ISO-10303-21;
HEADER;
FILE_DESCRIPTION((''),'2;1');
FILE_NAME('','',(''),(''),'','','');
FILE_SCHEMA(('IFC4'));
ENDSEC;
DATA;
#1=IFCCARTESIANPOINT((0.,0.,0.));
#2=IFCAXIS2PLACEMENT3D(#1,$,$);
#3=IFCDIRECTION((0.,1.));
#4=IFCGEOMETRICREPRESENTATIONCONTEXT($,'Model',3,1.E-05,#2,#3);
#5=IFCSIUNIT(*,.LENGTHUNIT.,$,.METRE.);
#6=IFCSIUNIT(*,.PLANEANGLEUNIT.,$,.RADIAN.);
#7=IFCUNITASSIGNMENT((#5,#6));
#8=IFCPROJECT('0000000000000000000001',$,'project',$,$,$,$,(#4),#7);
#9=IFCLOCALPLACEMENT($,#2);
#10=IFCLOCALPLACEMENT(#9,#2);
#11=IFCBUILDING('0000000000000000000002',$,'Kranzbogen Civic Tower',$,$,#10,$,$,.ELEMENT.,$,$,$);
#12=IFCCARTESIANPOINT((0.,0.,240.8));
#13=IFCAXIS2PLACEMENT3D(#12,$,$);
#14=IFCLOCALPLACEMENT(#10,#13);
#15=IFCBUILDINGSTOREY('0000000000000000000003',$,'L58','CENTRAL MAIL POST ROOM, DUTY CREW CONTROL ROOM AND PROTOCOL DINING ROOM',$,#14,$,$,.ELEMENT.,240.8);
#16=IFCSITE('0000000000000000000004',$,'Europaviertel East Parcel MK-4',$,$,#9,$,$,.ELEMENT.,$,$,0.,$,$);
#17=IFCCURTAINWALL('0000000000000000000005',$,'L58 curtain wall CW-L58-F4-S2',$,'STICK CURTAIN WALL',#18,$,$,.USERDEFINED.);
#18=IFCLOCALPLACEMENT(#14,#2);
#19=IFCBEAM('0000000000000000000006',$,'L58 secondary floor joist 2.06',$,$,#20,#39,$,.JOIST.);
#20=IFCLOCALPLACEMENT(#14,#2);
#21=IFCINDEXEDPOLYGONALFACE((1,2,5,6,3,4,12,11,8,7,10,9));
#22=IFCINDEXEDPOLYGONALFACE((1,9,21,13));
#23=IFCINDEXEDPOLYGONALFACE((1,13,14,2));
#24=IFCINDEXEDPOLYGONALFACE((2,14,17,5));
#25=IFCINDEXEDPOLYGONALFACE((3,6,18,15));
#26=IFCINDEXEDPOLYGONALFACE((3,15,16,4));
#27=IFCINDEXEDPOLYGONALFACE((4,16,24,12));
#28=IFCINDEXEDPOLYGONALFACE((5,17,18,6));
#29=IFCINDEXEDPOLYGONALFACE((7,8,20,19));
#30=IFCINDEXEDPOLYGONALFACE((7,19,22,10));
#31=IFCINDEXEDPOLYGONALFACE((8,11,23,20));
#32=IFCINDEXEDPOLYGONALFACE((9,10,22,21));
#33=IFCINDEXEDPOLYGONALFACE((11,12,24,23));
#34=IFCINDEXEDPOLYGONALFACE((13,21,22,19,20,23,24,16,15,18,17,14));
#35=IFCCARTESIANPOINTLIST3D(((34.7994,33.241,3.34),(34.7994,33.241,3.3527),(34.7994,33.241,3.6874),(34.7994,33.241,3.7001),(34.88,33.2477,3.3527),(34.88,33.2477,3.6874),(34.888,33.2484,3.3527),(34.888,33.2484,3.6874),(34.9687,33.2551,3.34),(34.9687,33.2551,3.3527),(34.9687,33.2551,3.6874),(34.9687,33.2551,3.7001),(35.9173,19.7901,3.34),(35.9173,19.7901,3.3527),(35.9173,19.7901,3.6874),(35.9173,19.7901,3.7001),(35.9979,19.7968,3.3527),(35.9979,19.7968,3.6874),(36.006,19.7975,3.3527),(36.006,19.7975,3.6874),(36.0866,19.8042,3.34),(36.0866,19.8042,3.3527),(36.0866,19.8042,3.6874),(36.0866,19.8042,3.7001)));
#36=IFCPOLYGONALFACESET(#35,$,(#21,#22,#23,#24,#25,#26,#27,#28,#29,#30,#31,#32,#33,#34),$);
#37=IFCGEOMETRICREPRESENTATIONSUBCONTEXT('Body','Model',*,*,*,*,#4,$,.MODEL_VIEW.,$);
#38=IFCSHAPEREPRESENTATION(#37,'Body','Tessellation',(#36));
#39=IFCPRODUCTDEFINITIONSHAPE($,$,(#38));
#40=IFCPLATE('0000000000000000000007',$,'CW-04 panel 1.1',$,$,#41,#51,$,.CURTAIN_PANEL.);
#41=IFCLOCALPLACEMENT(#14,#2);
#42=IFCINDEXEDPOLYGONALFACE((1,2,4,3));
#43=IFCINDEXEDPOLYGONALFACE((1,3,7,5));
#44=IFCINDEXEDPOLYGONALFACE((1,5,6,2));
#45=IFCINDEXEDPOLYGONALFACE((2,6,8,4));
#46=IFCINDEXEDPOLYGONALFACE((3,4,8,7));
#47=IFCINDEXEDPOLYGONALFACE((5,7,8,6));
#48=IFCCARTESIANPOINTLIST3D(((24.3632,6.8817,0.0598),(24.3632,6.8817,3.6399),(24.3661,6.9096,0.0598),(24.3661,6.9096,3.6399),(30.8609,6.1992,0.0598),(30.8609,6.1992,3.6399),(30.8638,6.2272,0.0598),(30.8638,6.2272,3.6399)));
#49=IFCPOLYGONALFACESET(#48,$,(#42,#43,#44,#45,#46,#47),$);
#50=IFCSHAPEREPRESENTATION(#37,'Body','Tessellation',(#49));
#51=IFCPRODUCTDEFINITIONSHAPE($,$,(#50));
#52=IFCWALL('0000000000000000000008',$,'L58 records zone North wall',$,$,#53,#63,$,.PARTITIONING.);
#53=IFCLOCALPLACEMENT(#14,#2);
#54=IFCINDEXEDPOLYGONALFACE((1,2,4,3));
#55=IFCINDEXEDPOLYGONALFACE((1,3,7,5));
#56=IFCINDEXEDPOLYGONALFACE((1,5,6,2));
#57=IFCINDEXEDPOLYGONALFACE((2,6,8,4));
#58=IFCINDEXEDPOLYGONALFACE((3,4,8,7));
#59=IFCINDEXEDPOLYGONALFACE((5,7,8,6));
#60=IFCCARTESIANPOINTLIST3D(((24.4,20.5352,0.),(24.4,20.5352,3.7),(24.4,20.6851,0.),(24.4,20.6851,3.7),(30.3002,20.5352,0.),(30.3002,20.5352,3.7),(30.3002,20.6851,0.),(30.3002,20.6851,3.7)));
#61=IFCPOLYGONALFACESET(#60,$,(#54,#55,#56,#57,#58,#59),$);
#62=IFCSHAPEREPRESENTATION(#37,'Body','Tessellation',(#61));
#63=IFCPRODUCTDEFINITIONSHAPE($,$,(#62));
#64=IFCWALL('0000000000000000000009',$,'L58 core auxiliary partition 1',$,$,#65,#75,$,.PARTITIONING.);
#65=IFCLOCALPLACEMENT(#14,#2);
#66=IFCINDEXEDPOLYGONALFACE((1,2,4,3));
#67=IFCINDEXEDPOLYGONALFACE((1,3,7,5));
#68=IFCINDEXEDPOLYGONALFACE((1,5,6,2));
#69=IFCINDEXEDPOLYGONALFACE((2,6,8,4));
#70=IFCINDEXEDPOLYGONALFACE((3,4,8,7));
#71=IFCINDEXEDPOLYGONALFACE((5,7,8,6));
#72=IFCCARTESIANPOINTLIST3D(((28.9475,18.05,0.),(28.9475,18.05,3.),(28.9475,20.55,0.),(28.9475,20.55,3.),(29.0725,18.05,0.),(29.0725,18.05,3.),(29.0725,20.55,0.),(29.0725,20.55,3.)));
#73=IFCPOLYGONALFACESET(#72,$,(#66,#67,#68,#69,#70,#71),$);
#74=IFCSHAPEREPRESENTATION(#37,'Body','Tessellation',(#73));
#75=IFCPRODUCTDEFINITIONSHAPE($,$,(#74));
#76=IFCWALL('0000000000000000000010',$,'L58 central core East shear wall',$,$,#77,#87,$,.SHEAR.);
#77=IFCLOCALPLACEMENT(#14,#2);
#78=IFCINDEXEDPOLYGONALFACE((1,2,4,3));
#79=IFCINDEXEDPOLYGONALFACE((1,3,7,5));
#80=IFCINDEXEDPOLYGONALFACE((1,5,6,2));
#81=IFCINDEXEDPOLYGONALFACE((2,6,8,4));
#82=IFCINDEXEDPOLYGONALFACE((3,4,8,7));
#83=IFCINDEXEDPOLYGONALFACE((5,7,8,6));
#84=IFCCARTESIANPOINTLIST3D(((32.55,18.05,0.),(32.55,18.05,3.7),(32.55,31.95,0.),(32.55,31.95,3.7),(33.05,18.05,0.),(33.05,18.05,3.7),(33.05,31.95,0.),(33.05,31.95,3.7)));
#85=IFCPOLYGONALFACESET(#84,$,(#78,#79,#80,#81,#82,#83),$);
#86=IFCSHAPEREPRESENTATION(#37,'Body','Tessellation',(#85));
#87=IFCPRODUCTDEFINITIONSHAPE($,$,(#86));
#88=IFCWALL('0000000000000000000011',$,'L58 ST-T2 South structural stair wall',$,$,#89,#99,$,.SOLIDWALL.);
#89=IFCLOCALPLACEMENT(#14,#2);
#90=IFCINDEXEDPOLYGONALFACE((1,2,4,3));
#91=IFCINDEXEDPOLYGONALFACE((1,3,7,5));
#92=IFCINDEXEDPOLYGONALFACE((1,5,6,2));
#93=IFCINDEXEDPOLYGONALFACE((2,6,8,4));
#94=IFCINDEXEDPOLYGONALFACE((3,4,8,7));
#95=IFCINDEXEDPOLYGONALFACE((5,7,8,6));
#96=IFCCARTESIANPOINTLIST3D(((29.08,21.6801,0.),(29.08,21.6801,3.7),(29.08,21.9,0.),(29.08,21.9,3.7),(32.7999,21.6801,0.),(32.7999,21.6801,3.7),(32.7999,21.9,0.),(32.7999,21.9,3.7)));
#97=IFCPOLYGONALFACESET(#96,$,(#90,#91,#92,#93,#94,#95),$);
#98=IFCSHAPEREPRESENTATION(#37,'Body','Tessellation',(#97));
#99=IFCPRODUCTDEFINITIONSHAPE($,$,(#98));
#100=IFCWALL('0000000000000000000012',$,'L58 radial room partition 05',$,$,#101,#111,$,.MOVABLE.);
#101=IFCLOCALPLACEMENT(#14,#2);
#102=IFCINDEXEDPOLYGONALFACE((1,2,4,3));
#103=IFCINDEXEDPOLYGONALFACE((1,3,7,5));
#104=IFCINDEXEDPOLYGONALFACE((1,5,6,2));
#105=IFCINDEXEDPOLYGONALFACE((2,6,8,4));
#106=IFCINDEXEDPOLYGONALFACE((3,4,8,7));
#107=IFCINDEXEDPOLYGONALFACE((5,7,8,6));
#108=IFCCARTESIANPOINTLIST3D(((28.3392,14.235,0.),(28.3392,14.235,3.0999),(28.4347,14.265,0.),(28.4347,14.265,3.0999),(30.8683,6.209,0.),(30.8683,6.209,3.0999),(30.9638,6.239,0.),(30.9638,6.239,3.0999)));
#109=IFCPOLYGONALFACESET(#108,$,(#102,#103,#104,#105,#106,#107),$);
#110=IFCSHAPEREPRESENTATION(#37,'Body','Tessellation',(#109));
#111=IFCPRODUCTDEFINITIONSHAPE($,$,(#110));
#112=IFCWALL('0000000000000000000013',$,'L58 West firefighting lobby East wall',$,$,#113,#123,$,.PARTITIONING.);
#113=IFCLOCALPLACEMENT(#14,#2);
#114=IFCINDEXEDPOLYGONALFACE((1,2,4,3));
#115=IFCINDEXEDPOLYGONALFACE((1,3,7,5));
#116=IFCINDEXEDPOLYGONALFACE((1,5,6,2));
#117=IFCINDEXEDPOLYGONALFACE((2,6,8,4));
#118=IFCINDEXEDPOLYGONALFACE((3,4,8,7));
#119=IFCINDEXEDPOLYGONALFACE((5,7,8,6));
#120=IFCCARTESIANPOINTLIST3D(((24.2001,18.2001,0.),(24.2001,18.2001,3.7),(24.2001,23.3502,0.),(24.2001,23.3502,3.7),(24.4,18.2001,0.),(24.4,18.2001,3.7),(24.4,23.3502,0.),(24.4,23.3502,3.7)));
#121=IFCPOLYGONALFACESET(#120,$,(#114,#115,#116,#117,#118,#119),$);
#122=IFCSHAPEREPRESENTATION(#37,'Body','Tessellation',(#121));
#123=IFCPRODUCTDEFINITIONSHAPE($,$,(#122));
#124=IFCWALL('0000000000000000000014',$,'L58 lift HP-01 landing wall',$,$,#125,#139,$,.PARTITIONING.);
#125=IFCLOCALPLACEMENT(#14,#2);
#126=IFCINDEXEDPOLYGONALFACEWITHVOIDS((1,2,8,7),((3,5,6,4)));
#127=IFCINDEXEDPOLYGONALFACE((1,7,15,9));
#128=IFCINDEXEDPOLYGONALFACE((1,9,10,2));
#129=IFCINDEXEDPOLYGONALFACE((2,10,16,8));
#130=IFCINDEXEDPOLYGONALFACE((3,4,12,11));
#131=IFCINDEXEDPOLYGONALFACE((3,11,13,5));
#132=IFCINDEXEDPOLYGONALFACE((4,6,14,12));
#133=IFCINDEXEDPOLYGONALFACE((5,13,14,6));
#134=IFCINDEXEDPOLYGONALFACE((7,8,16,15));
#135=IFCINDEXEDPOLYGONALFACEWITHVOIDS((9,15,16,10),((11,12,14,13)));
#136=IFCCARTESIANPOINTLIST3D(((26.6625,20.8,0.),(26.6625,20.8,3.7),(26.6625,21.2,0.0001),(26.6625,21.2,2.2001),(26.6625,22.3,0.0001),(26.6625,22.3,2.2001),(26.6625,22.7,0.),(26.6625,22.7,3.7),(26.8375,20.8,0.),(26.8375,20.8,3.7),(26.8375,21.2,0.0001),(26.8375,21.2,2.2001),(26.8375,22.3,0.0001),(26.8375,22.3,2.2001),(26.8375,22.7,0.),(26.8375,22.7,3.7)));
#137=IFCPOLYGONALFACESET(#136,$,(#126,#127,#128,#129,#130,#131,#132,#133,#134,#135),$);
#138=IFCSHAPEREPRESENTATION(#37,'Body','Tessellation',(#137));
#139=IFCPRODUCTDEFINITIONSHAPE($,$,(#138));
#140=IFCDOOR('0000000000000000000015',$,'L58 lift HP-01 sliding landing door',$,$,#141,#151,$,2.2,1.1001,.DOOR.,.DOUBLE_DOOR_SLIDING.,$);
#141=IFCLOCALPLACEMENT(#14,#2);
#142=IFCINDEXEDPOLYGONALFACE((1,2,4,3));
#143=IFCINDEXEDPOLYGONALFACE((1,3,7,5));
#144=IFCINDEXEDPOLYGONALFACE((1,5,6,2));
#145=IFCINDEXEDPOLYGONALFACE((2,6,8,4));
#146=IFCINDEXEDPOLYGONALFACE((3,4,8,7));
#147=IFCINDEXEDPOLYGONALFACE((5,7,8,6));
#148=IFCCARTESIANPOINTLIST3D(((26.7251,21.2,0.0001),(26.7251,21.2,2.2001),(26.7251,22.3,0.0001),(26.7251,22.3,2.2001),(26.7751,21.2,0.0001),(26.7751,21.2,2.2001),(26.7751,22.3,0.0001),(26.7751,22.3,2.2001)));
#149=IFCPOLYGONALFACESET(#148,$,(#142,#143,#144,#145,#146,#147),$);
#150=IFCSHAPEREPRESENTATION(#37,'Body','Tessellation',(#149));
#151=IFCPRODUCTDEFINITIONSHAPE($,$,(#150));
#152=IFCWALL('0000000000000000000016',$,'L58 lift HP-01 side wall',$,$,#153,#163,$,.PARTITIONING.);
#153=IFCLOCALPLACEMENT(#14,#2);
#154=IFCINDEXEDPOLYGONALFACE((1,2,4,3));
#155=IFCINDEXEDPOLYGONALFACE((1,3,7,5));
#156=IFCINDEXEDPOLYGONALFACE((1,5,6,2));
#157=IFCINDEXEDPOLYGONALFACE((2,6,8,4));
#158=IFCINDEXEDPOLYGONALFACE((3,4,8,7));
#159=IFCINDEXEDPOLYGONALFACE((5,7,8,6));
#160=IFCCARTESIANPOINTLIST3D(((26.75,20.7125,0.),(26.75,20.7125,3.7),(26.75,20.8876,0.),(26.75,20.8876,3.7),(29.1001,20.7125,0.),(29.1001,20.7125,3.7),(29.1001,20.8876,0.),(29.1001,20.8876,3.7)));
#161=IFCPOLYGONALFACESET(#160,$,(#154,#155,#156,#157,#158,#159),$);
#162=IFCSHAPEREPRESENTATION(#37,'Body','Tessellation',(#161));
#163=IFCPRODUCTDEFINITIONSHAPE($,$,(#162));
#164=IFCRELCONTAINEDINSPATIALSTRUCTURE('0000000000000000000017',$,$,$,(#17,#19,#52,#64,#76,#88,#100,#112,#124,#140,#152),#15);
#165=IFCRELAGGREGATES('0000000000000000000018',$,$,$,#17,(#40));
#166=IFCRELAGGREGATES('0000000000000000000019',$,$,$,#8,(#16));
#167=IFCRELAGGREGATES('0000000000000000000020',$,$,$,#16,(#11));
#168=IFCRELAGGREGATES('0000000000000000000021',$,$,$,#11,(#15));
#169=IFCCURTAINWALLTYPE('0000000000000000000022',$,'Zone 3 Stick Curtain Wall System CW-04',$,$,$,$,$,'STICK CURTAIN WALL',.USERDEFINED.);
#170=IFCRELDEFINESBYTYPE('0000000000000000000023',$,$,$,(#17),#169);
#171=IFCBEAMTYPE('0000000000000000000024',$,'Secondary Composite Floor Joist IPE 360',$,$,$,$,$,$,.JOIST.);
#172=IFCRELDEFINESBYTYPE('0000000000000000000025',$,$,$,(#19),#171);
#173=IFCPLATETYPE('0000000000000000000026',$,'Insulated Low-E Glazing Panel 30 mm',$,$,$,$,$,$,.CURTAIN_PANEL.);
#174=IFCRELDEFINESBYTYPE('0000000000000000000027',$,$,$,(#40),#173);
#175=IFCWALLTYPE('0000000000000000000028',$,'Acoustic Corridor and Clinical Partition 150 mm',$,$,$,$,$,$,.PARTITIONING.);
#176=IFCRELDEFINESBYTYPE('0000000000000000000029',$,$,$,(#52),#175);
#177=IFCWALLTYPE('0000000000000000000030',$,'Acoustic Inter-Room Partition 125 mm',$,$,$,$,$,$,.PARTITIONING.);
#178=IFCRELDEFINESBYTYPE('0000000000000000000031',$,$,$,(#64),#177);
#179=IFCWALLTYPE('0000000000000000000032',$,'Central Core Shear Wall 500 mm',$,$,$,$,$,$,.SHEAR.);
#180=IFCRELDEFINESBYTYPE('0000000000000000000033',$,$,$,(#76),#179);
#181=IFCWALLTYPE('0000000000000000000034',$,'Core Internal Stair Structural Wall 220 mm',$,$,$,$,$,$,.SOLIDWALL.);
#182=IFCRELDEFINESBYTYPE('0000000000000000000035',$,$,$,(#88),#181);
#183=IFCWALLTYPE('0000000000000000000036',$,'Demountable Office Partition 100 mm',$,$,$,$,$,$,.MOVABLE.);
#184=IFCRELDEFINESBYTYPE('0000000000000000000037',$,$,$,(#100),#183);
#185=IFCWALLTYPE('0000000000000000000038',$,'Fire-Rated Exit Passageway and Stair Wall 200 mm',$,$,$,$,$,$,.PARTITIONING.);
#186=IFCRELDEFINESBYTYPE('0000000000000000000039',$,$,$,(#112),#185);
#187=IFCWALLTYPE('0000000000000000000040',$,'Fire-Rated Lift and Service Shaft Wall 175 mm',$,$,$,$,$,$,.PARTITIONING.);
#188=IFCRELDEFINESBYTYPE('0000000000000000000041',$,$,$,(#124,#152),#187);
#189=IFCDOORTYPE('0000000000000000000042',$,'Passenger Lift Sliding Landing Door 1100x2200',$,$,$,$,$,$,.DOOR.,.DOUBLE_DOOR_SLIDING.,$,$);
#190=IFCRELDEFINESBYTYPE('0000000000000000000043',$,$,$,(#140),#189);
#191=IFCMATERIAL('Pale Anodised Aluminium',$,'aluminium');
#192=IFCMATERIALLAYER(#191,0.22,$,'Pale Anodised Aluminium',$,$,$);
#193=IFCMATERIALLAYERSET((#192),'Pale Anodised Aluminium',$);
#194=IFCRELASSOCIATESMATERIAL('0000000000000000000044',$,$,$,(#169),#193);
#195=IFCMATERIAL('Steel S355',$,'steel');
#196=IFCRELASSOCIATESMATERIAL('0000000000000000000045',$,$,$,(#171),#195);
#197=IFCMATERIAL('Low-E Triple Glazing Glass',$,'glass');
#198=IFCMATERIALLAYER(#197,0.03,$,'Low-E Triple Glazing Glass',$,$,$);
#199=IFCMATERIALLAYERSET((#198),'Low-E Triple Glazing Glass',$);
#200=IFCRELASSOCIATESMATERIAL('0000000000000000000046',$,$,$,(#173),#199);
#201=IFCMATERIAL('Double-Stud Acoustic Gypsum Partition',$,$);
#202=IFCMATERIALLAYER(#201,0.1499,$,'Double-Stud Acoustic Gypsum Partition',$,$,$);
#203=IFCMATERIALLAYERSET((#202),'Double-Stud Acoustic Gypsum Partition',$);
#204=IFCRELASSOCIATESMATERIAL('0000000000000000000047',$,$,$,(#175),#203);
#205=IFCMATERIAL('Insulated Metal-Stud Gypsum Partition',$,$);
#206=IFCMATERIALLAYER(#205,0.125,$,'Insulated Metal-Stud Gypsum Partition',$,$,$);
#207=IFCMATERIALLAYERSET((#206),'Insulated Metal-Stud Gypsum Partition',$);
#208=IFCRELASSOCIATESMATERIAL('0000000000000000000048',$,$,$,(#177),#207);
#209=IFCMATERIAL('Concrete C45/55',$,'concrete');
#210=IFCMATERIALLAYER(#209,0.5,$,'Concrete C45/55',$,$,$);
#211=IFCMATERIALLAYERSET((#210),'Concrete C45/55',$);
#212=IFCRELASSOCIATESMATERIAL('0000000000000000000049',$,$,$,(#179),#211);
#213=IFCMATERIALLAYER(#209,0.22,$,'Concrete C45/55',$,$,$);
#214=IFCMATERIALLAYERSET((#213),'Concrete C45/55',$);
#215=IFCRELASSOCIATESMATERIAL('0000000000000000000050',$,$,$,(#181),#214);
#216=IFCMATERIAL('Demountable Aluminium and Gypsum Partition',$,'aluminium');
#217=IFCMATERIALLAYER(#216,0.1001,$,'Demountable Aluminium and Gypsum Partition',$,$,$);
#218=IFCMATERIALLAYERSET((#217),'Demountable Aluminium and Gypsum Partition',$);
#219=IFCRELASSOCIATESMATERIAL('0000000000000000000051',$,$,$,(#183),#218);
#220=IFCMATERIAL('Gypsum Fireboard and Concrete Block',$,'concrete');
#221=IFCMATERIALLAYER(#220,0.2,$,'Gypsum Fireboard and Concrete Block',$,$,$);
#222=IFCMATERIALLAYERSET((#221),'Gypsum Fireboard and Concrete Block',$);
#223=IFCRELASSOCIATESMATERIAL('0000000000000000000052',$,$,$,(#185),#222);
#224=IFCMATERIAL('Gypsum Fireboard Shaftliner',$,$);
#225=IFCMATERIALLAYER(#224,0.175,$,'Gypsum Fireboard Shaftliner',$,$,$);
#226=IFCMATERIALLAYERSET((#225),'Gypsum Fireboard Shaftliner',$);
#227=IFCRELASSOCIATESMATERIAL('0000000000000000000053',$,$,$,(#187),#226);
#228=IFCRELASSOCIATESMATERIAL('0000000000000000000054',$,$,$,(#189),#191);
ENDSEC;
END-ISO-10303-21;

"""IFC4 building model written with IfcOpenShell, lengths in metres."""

from ifc_helpers import new_model, si_unit, direction, frame, frame_2d, origin, origin_2d, place, context, subcontext, project, spatial, rectangle, i_section, extrude, material, layer, layer_set, material_profile, profile_set, type_object, element, fill, aggregate, save


model = new_model("IFC4")

# Units and contexts
model_context = context("Model", 3, precision=1e-05, world=origin(), true_north=direction((0.0, 1.0)))
body_context = subcontext(model_context, "Body", "Model", "MODEL_VIEW")
ifc_project = project(units=[si_unit("LENGTHUNIT", "METRE"), si_unit("PLANEANGLEUNIT", "RADIAN")], contexts=[model_context])

# Site, building, storey
site_placement = place(None, origin())
site = spatial("IfcSite", under=ifc_project, at=site_placement, Name="Europaviertel East Parcel MK-4", CompositionType="ELEMENT", RefElevation=0.0)
building_placement = place(site_placement, origin())
building = spatial("IfcBuilding", under=site, at=building_placement, Name="Kranzbogen Civic Tower", CompositionType="ELEMENT")
storey_placement = place(building_placement, frame((0.0, 0.0, 240.8)))
storey = spatial("IfcBuildingStorey", under=building, at=storey_placement, Name="L58", Description="CENTRAL MAIL POST ROOM, DUTY CREW CONTROL ROOM AND PROTOCOL DINING ROOM", CompositionType="ELEMENT", Elevation=240.8)

# Shared definitions
ifc_material_1 = material(Name="Steel S355", Category="steel")

# Curtain wall
ifc_material_2 = material(Name="Pale Anodised Aluminium", Category="aluminium")
ifc_layer_1 = layer(ifc_material_2, 0.22, Name="Pale Anodised Aluminium")
ifc_layer_set_1 = layer_set([ifc_layer_1], Name="Pale Anodised Aluminium")
curtain_wall_type = type_object("IfcCurtainWallType", Name="Zone 3 Stick Curtain Wall System CW-04", ElementType="STICK CURTAIN WALL", PredefinedType="USERDEFINED", material=ifc_layer_set_1)
curtain_wall_1_placement = place(storey_placement, origin())
curtain_wall_1 = element("IfcCurtainWall", 1, at=curtain_wall_1_placement, inside=storey, type_object=curtain_wall_type, Name="L58 curtain wall CW-L58-F4-S2", ObjectType="STICK CURTAIN WALL", PredefinedType="USERDEFINED")

# Beam
ifc_material_profile_1 = material_profile(ifc_material_1, i_section(OverallWidth=0.1699, OverallDepth=0.3601, WebThickness=0.0081, FlangeThickness=0.0127, at=origin_2d()), Name="IPE 360")
ifc_profile_set_1 = profile_set([ifc_material_profile_1], Name="Steel S355")
beam_type_1 = type_object("IfcBeamType", Name="Secondary Composite Floor Joist IPE 360", PredefinedType="JOIST", material=ifc_profile_set_1)
beam_1_placement = place(storey_placement, frame((36.002, 19.7971, 3.52), z_axis=(-0.082825, 0.996564, 0.0), x_axis=(-0.996564, -0.082825, 0.0)))
element("IfcBeam", 2, at=beam_1_placement, inside=storey, type_object=beam_type_1, Name="L58 secondary floor joist 2.06", PredefinedType="JOIST", context=body_context, shape_type="SweptSolid", body=[
    extrude(i_section(OverallWidth=0.1699, OverallDepth=0.3601, WebThickness=0.0081, FlangeThickness=0.0127, at=origin_2d()), origin(), (0.0, 0.0, 1.0), 13.4973),
])

# Plate
ifc_material_3 = material(Name="Low-E Triple Glazing Glass", Category="glass")
ifc_layer_2 = layer(ifc_material_3, 0.03, Name="Low-E Triple Glazing Glass")
ifc_layer_set_2 = layer_set([ifc_layer_2], Name="Low-E Triple Glazing Glass")
plate_type = type_object("IfcPlateType", Name="Insulated Low-E Glazing Panel 30 mm", PredefinedType="CURTAIN_PANEL", material=ifc_layer_set_2)
plate_placement = place(storey_placement, frame((27.6135, 6.5544, 0.0598), z_axis=(0.0, 0.0, 1.0), x_axis=(0.994529, -0.104458, 0.0)))
plate = element("IfcPlate", 3, at=plate_placement, type_object=plate_type, Name="CW-04 panel 1.1", PredefinedType="CURTAIN_PANEL", context=body_context, shape_type="SweptSolid", body=[
    extrude(rectangle(XDim=6.5334, YDim=0.0281, at=origin_2d()), origin(), (0.0, 0.0, 1.0), 3.5801),
])
aggregate(curtain_wall_1, [plate])

# Walls
ifc_material_4 = material(Name="Double-Stud Acoustic Gypsum Partition")
ifc_layer_3 = layer(ifc_material_4, 0.1499, Name="Double-Stud Acoustic Gypsum Partition")
ifc_layer_set_3 = layer_set([ifc_layer_3], Name="Double-Stud Acoustic Gypsum Partition")
wall_type_1 = type_object("IfcWallType", Name="Acoustic Corridor and Clinical Partition 150 mm", PredefinedType="PARTITIONING", material=ifc_layer_set_3)
wall_1_placement = place(storey_placement, frame((24.3999, 20.6101, 0.0), z_axis=(0.0, 0.0, 1.0), x_axis=(1.0, 0.0, 0.0)))
element("IfcWall", 4, at=wall_1_placement, inside=storey, type_object=wall_type_1, Name="L58 records zone North wall", PredefinedType="PARTITIONING", context=body_context, shape_type="SweptSolid", body=[
    extrude(rectangle(XDim=5.9001, YDim=0.1499, at=frame_2d((2.9502, 0.0))), origin(), (0.0, 0.0, 1.0), 3.7),
])
ifc_material_5 = material(Name="Insulated Metal-Stud Gypsum Partition")
ifc_layer_4 = layer(ifc_material_5, 0.125, Name="Insulated Metal-Stud Gypsum Partition")
ifc_layer_set_4 = layer_set([ifc_layer_4], Name="Insulated Metal-Stud Gypsum Partition")
wall_type_2 = type_object("IfcWallType", Name="Acoustic Inter-Room Partition 125 mm", PredefinedType="PARTITIONING", material=ifc_layer_set_4)
wall_2_placement = place(storey_placement, frame((29.01, 18.05, 0.0), z_axis=(0.0, 0.0, 1.0), x_axis=(0.0, 1.0, 0.0)))
element("IfcWall", 5, at=wall_2_placement, inside=storey, type_object=wall_type_2, Name="L58 core auxiliary partition 1", PredefinedType="PARTITIONING", context=body_context, shape_type="SweptSolid", body=[
    extrude(rectangle(XDim=2.5, YDim=0.125, at=frame_2d((1.25, 0.0))), origin(), (0.0, 0.0, 1.0), 3.0),
])
ifc_material_6 = material(Name="Concrete C45/55", Category="concrete")
ifc_layer_5 = layer(ifc_material_6, 0.5, Name="Concrete C45/55")
ifc_layer_set_5 = layer_set([ifc_layer_5], Name="Concrete C45/55")
wall_type_3 = type_object("IfcWallType", Name="Central Core Shear Wall 500 mm", PredefinedType="SHEAR", material=ifc_layer_set_5)
wall_3_placement = place(storey_placement, frame((32.8, 18.05, 0.0), z_axis=(0.0, 0.0, 1.0), x_axis=(0.0, 1.0, 0.0)))
element("IfcWall", 6, at=wall_3_placement, inside=storey, type_object=wall_type_3, Name="L58 central core East shear wall", PredefinedType="SHEAR", context=body_context, shape_type="SweptSolid", body=[
    extrude(rectangle(XDim=13.8999, YDim=0.5, at=frame_2d((6.95, 0.0))), origin(), (0.0, 0.0, 1.0), 3.7),
])
ifc_layer_6 = layer(ifc_material_6, 0.22, Name="Concrete C45/55")
ifc_layer_set_6 = layer_set([ifc_layer_6], Name="Concrete C45/55")
wall_type_4 = type_object("IfcWallType", Name="Core Internal Stair Structural Wall 220 mm", PredefinedType="SOLIDWALL", material=ifc_layer_set_6)
wall_4_placement = place(storey_placement, frame((29.0801, 21.79, 0.0), z_axis=(0.0, 0.0, 1.0), x_axis=(1.0, 0.0, 0.0)))
element("IfcWall", 7, at=wall_4_placement, inside=storey, type_object=wall_type_4, Name="L58 ST-T2 South structural stair wall", PredefinedType="SOLIDWALL", context=body_context, shape_type="SweptSolid", body=[
    extrude(rectangle(XDim=3.72, YDim=0.22, at=frame_2d((1.8599, 0.0))), origin(), (0.0, 0.0, 1.0), 3.7),
])
ifc_material_7 = material(Name="Demountable Aluminium and Gypsum Partition", Category="aluminium")
ifc_layer_7 = layer(ifc_material_7, 0.1001, Name="Demountable Aluminium and Gypsum Partition")
ifc_layer_set_7 = layer_set([ifc_layer_7], Name="Demountable Aluminium and Gypsum Partition")
wall_type_5 = type_object("IfcWallType", Name="Demountable Office Partition 100 mm", PredefinedType="MOVABLE", material=ifc_layer_set_7)
wall_5_placement = place(storey_placement, frame((28.387, 14.25, 0.0), z_axis=(0.0, 0.0, 1.0), x_axis=(0.300544, -0.953768, 0.0)))
element("IfcWall", 8, at=wall_5_placement, inside=storey, type_object=wall_type_5, Name="L58 radial room partition 05", PredefinedType="MOVABLE", context=body_context, shape_type="SweptSolid", body=[
    extrude(rectangle(XDim=8.415, YDim=0.1001, at=frame_2d((4.2075, 0.0))), origin(), (0.0, 0.0, 1.0), 3.0999),
])
ifc_material_8 = material(Name="Gypsum Fireboard and Concrete Block", Category="concrete")
ifc_layer_8 = layer(ifc_material_8, 0.2, Name="Gypsum Fireboard and Concrete Block")
ifc_layer_set_8 = layer_set([ifc_layer_8], Name="Gypsum Fireboard and Concrete Block")
wall_type_6 = type_object("IfcWallType", Name="Fire-Rated Exit Passageway and Stair Wall 200 mm", PredefinedType="PARTITIONING", material=ifc_layer_set_8)
wall_6_placement = place(storey_placement, frame((24.3, 18.2, 0.0), z_axis=(0.0, 0.0, 1.0), x_axis=(0.0, 1.0, 0.0)))
element("IfcWall", 9, at=wall_6_placement, inside=storey, type_object=wall_type_6, Name="L58 West firefighting lobby East wall", PredefinedType="PARTITIONING", context=body_context, shape_type="SweptSolid", body=[
    extrude(rectangle(XDim=5.1501, YDim=0.2, at=frame_2d((2.5752, 0.0))), origin(), (0.0, 0.0, 1.0), 3.7),
])

# Wall, opening, door
ifc_material_9 = material(Name="Gypsum Fireboard Shaftliner")
ifc_layer_9 = layer(ifc_material_9, 0.175, Name="Gypsum Fireboard Shaftliner")
ifc_layer_set_9 = layer_set([ifc_layer_9], Name="Gypsum Fireboard Shaftliner")
wall_type_7 = type_object("IfcWallType", Name="Fire-Rated Lift and Service Shaft Wall 175 mm", PredefinedType="PARTITIONING", material=ifc_layer_set_9)
wall_7_placement = place(storey_placement, frame((26.75, 20.8, 0.0), z_axis=(0.0, 0.0, 1.0), x_axis=(0.0, 1.0, 0.0)))
wall_7 = element("IfcWall", 10, at=wall_7_placement, inside=storey, type_object=wall_type_7, Name="L58 lift HP-01 landing wall", PredefinedType="PARTITIONING", context=body_context, shape_type="SweptSolid", body=[
    extrude(rectangle(XDim=1.8999, YDim=0.175, at=frame_2d((0.95, 0.0))), origin(), (0.0, 0.0, 1.0), 3.7),
])
opening_placement = place(wall_7_placement, frame((0.3999, 0.0, 0.0)))
opening = element("IfcOpeningElement", 11, at=opening_placement, cuts=wall_7, PredefinedType="OPENING", context=body_context, shape_type="SweptSolid", body=[
    extrude(rectangle(XDim=1.1001, YDim=2.2, at=frame_2d((0.55, 1.1001))), frame((0.0, 0.0977, 0.0), z_axis=(0.0, -1.0, 0.0), x_axis=(1.0, 0.0, 0.0)), (0.0, 0.0, 1.0), 0.1951),
])
door_type = type_object("IfcDoorType", Name="Passenger Lift Sliding Landing Door 1100x2200", OperationType="DOUBLE_DOOR_SLIDING", PredefinedType="DOOR", material=ifc_material_2)
door_placement = place(opening_placement, origin())
door = element("IfcDoor", 12, at=door_placement, inside=storey, type_object=door_type, Name="L58 lift HP-01 sliding landing door", OperationType="DOUBLE_DOOR_SLIDING", OverallHeight=2.2, OverallWidth=1.1001, PredefinedType="DOOR", context=body_context, shape_type="SweptSolid", body=[
    extrude(rectangle(XDim=1.1001, YDim=2.2, at=frame_2d((0.55, 1.1001))), frame((0.0, 0.0249, 0.0), z_axis=(0.0, -1.0, 0.0), x_axis=(1.0, 0.0, 0.0)), (0.0, 0.0, 1.0), 0.05),
])
fill(opening, door)

# Wall
wall_8_placement = place(storey_placement, frame((26.75, 20.8, 0.0), z_axis=(0.0, 0.0, 1.0), x_axis=(1.0, 0.0, 0.0)))
element("IfcWall", 13, at=wall_8_placement, inside=storey, type_object=wall_type_7, Name="L58 lift HP-01 side wall", PredefinedType="PARTITIONING", context=body_context, shape_type="SweptSolid", body=[
    extrude(rectangle(XDim=2.3501, YDim=0.175, at=frame_2d((1.175, 0.0))), origin(), (0.0, 0.0, 1.0), 3.7),
])

save(model, "model.ifc")
